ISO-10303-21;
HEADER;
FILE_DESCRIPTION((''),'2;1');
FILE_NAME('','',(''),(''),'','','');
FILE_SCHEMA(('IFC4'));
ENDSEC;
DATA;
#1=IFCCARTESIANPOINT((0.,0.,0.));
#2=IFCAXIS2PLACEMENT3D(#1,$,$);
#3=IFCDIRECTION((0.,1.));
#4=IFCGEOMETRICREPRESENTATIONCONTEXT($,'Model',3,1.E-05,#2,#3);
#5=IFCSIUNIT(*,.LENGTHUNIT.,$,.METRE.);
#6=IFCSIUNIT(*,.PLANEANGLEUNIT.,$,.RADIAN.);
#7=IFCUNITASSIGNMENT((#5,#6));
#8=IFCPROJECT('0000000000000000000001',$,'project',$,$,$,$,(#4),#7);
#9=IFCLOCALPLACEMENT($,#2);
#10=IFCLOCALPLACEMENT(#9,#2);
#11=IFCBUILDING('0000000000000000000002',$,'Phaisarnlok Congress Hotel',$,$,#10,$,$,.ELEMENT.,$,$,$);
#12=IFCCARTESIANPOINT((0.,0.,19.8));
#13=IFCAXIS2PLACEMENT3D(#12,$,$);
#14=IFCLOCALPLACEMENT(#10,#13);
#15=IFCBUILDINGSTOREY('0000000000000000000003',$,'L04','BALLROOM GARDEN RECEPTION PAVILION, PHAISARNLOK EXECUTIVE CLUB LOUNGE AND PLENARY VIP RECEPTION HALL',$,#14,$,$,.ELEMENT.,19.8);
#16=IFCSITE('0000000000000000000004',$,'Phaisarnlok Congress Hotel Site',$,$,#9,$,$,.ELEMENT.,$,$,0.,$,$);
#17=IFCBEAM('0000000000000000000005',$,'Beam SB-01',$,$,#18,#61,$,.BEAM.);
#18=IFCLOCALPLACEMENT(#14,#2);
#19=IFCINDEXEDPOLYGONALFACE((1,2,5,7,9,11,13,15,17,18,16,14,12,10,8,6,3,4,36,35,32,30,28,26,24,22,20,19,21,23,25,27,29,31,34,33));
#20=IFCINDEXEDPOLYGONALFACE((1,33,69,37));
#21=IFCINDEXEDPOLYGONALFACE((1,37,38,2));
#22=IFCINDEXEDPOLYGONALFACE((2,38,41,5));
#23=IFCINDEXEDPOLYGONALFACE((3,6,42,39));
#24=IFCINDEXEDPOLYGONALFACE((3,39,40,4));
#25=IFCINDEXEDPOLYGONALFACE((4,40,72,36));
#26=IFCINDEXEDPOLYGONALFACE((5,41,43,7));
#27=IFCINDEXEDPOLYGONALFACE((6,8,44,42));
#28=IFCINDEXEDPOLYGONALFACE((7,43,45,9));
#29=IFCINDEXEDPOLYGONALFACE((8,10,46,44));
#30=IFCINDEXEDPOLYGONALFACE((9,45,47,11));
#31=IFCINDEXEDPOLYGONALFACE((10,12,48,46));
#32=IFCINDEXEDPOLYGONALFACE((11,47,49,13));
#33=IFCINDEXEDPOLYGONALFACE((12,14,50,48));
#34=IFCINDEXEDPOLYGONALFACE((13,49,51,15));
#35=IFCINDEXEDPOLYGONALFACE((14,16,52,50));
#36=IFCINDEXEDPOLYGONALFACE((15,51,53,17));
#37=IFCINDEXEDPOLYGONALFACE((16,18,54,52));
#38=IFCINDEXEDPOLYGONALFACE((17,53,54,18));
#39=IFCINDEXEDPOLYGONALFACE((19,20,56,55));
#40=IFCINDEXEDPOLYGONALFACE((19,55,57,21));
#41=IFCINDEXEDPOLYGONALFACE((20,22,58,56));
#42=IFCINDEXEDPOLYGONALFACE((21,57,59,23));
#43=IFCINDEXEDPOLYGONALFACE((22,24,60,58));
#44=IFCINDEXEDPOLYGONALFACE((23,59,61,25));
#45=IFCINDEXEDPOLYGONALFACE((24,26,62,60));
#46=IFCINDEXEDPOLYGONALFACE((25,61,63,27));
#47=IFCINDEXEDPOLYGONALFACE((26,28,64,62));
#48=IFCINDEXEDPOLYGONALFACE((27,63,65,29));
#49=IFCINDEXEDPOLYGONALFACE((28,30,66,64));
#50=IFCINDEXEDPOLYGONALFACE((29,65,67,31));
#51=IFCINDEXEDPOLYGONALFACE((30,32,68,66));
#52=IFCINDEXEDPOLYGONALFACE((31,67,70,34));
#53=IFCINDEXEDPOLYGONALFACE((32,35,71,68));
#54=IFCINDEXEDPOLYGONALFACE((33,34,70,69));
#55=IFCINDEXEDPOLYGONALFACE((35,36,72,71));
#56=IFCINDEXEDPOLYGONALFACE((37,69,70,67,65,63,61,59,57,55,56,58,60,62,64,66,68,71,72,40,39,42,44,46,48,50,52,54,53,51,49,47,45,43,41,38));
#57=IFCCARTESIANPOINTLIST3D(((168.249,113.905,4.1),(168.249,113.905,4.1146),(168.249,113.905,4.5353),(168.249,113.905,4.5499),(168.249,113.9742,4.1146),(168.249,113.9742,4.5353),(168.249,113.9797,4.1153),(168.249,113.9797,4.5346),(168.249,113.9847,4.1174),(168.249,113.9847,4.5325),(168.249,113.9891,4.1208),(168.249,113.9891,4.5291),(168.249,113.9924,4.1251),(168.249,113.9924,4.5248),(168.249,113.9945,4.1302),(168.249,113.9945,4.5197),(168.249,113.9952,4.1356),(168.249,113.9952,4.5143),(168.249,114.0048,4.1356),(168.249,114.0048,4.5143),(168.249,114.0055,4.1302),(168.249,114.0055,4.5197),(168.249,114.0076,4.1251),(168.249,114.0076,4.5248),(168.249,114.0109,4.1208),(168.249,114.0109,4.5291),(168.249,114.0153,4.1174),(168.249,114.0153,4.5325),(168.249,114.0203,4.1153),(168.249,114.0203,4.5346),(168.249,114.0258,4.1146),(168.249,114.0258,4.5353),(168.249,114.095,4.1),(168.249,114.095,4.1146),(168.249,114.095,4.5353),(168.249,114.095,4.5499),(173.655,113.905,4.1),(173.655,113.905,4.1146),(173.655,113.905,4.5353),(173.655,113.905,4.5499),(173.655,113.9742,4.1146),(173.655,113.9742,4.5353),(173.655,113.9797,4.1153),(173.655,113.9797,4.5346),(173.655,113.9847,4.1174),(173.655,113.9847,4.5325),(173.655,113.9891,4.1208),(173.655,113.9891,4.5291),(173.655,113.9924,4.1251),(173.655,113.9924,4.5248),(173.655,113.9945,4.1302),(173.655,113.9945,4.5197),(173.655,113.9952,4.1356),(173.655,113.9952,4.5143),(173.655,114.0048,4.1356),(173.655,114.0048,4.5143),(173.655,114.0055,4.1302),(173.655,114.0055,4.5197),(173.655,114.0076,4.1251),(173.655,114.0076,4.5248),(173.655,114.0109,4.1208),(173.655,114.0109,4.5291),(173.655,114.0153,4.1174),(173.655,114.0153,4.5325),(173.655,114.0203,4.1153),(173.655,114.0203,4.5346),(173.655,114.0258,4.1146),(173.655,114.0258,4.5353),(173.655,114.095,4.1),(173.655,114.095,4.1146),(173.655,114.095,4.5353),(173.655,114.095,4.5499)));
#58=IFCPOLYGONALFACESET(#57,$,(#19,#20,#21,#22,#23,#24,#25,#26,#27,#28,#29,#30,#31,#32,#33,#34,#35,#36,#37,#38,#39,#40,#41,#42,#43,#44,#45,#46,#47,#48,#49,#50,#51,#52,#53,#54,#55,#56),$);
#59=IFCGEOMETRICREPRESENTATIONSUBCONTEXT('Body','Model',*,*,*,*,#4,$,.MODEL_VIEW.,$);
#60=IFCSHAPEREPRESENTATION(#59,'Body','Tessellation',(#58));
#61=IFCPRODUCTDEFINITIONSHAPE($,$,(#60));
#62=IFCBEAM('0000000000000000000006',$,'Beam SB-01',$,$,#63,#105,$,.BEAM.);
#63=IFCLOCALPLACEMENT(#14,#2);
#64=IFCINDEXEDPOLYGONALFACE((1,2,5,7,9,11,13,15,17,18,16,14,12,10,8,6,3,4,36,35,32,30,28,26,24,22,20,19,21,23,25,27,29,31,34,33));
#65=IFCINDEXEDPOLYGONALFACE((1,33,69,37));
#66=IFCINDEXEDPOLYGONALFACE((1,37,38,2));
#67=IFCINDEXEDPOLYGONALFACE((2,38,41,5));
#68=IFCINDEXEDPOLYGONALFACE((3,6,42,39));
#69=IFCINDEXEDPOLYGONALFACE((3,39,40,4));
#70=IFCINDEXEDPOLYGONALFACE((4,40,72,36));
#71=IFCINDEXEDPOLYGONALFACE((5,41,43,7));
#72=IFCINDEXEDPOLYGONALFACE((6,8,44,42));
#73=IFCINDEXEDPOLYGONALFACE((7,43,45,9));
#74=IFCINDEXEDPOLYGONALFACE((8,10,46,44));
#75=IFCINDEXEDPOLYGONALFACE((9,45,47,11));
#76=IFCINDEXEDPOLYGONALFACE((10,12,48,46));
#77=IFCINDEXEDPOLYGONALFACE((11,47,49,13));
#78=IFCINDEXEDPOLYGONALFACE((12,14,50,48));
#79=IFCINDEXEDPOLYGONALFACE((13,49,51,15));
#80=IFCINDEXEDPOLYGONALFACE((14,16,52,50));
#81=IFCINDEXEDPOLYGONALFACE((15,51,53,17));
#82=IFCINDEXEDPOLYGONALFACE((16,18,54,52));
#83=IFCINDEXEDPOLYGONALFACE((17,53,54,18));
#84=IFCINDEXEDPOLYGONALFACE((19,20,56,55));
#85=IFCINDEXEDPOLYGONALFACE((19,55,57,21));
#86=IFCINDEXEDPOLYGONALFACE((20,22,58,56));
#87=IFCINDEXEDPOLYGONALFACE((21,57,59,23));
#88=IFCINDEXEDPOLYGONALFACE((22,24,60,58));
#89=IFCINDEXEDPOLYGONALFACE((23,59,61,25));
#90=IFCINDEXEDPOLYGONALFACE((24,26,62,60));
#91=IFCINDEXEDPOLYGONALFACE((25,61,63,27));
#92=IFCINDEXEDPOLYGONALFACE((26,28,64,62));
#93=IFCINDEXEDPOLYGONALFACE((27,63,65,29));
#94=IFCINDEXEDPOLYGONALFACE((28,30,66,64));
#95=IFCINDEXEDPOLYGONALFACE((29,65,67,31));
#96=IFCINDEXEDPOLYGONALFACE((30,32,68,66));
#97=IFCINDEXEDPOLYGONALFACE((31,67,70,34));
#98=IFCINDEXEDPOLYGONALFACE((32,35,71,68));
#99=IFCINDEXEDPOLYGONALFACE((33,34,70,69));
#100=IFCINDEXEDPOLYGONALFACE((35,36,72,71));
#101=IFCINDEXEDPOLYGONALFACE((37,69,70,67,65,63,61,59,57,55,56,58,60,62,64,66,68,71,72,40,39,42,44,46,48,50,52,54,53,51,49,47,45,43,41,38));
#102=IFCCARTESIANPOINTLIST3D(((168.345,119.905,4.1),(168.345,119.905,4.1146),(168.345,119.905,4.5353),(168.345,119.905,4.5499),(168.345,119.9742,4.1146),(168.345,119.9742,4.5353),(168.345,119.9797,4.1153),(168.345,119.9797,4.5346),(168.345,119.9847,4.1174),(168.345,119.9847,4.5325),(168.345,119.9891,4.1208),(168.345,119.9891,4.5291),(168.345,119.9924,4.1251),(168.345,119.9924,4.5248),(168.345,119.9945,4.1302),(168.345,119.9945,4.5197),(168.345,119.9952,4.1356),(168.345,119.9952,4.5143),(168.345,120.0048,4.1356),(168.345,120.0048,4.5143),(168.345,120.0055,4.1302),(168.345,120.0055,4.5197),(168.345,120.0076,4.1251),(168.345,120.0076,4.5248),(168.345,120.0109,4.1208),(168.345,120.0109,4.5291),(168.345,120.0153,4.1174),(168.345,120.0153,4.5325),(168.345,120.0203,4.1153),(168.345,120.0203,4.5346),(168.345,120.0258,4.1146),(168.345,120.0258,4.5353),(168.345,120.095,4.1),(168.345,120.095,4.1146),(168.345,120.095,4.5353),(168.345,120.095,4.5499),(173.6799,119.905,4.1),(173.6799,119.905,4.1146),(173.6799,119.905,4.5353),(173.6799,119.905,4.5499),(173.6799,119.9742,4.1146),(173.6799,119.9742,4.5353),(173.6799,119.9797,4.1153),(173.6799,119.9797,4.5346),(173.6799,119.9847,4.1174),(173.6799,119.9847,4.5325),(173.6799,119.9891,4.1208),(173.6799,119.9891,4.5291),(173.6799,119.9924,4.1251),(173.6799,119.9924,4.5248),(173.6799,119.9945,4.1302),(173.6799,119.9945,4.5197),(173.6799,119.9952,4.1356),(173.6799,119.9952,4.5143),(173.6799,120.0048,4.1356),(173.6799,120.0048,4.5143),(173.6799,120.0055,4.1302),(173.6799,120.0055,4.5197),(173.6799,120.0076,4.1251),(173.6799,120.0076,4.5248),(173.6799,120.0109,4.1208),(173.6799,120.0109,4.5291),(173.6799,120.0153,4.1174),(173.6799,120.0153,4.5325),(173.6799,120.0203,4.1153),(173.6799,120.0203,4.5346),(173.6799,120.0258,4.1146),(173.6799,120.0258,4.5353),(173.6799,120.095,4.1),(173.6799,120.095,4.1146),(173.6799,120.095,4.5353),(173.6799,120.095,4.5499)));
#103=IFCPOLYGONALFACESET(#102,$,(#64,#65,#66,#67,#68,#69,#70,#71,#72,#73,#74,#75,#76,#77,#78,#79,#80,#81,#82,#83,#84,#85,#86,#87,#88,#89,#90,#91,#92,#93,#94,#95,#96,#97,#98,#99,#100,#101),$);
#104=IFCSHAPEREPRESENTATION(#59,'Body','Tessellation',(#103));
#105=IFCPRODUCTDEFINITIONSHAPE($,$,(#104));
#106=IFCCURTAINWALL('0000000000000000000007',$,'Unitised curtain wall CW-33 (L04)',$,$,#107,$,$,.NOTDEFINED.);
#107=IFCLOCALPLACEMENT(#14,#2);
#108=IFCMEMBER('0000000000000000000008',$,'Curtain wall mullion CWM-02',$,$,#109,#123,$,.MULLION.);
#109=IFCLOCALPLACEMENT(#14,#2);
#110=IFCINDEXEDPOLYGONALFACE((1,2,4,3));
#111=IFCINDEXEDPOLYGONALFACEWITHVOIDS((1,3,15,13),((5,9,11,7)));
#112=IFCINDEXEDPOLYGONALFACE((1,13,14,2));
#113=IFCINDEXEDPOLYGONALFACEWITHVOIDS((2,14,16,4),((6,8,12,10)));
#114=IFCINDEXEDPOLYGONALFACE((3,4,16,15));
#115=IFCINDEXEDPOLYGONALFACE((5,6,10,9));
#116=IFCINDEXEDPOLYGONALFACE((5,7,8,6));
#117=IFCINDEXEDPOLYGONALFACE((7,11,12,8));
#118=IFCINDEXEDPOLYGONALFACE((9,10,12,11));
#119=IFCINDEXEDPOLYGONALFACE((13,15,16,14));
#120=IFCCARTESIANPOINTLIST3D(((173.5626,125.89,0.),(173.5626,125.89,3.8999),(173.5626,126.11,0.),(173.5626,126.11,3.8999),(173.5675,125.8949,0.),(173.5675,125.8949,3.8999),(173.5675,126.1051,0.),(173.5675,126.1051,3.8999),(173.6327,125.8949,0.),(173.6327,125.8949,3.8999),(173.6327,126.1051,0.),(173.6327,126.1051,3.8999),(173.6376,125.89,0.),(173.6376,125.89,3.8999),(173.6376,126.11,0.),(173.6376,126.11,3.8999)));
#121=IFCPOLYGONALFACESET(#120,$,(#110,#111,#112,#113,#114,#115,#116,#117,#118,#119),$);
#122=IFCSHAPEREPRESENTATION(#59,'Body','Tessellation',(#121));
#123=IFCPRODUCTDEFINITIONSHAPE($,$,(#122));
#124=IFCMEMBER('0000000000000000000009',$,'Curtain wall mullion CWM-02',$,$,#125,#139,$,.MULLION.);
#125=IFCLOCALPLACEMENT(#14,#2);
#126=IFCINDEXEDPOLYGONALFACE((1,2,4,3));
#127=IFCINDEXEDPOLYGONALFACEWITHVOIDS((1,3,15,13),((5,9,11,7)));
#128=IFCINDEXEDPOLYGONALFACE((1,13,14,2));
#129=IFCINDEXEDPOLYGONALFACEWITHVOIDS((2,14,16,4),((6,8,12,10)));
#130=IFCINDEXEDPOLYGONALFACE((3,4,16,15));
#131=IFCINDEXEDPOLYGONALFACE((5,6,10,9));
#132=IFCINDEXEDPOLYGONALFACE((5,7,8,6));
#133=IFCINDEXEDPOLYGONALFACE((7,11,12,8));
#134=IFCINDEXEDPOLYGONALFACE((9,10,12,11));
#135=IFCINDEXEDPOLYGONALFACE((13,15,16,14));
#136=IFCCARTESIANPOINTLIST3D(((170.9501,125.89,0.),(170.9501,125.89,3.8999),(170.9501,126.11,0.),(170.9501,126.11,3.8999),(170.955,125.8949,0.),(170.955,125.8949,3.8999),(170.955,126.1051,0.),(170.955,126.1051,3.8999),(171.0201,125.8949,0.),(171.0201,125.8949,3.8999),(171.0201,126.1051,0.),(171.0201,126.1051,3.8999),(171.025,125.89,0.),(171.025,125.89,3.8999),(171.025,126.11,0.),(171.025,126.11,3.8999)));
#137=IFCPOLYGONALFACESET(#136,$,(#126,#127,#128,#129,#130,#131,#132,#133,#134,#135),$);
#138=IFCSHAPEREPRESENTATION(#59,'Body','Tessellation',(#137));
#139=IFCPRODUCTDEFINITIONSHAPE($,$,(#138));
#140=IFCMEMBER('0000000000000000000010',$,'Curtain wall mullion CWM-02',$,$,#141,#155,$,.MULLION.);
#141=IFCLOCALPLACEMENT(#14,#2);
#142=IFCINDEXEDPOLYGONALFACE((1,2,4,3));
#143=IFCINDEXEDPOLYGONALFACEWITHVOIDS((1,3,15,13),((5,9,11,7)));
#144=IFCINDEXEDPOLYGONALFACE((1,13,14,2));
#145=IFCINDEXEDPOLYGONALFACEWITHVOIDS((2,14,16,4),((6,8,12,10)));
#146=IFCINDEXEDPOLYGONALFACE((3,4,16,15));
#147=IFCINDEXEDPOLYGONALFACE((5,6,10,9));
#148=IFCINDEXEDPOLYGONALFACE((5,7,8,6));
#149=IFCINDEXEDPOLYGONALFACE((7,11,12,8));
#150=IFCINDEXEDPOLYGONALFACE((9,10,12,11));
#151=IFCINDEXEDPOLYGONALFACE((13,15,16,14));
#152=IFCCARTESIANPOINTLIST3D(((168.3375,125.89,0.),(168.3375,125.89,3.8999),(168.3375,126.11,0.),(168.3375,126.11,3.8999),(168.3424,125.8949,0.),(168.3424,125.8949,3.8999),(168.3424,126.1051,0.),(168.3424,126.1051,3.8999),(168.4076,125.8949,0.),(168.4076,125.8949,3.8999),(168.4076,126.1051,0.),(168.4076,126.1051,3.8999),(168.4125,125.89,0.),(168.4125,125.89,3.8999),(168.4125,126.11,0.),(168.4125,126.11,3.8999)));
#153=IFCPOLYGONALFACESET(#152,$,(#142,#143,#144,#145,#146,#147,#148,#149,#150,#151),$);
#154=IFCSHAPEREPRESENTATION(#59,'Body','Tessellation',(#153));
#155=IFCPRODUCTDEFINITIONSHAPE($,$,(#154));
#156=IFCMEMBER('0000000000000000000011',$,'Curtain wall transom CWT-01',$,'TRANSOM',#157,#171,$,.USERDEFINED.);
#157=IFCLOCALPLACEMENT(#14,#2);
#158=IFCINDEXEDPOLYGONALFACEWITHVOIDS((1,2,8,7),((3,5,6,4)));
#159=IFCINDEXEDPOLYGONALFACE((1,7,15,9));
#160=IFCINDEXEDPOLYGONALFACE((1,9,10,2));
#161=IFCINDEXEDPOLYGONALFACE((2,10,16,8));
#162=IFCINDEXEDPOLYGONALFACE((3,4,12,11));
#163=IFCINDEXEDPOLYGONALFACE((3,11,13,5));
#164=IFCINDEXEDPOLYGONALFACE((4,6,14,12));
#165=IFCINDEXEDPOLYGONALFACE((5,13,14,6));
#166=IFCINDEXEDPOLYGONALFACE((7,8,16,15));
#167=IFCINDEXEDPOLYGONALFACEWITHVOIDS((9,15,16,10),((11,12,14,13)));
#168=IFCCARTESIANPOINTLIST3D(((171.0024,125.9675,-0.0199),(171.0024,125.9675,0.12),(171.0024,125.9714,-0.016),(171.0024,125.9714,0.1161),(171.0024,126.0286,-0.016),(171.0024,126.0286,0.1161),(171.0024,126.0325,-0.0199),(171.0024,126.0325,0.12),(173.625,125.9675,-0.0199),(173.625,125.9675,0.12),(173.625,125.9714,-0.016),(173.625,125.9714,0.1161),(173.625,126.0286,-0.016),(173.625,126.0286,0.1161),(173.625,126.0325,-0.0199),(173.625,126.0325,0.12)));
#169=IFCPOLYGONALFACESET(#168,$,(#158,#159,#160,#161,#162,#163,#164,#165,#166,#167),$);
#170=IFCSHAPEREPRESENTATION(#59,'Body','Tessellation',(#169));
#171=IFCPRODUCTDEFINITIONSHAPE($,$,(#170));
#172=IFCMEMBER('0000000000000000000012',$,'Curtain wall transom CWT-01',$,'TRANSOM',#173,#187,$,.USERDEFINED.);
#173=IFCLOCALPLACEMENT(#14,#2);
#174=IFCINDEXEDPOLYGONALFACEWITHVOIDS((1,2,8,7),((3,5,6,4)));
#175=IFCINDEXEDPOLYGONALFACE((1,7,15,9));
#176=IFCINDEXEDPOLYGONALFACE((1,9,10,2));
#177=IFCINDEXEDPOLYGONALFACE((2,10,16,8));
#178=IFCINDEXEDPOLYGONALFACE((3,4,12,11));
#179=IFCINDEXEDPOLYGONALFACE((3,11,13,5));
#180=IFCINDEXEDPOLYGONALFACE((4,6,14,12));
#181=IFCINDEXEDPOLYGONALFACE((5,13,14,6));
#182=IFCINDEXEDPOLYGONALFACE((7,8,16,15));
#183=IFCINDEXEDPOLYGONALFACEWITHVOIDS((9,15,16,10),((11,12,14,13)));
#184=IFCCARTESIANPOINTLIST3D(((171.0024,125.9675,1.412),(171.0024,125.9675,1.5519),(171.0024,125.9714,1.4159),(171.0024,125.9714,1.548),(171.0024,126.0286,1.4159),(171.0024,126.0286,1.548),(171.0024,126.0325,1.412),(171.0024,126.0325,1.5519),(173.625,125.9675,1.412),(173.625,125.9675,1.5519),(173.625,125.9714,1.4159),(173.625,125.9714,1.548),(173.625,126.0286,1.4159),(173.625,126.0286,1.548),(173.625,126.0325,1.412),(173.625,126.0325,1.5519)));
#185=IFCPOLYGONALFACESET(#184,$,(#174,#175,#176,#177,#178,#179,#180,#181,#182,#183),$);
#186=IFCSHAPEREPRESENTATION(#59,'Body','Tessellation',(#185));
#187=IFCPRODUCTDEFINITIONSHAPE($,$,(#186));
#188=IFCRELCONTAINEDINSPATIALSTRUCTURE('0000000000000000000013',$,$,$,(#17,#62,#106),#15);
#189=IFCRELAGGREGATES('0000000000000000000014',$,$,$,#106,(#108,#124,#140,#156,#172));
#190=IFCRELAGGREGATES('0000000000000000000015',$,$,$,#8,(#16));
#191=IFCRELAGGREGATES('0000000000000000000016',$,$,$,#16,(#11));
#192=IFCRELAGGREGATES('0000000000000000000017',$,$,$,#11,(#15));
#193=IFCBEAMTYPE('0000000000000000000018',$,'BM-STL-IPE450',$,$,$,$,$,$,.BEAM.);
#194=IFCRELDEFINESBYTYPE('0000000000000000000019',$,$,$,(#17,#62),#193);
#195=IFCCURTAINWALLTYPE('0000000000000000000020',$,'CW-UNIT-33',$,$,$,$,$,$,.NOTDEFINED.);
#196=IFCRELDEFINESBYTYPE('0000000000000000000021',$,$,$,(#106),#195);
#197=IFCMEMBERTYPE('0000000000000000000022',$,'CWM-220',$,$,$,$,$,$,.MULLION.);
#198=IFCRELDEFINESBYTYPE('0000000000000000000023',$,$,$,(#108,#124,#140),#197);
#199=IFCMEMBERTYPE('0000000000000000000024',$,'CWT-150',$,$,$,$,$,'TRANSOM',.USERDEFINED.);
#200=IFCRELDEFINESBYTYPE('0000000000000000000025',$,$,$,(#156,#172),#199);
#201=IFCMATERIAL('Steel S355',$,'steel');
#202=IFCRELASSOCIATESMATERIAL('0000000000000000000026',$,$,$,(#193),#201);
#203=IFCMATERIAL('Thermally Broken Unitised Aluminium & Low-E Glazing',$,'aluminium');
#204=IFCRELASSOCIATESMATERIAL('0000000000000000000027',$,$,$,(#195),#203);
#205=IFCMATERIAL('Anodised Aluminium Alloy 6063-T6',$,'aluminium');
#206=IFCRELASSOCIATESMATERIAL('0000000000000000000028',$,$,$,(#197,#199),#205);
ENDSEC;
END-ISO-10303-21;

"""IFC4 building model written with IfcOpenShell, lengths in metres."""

from ifc_helpers import new_model, si_unit, direction, frame, origin, origin_2d, place, context, subcontext, project, spatial, hollow_rectangle, i_section, extrude, material, material_profile, profile_set, type_object, element, aggregate, save


model = new_model("IFC4")

# Units and contexts
model_context = context("Model", 3, precision=1e-05, world=origin(), true_north=direction((0.0, 1.0)))
body_context = subcontext(model_context, "Body", "Model", "MODEL_VIEW")
ifc_project = project(units=[si_unit("LENGTHUNIT", "METRE"), si_unit("PLANEANGLEUNIT", "RADIAN")], contexts=[model_context])

# Site, building, storey
site_placement = place(None, origin())
site = spatial("IfcSite", under=ifc_project, at=site_placement, Name="Phaisarnlok Congress Hotel Site", CompositionType="ELEMENT", RefElevation=0.0)
building_placement = place(site_placement, origin())
building = spatial("IfcBuilding", under=site, at=building_placement, Name="Phaisarnlok Congress Hotel", CompositionType="ELEMENT")
storey_placement = place(building_placement, frame((0.0, 0.0, 19.8)))
storey = spatial("IfcBuildingStorey", under=building, at=storey_placement, Name="L04", Description="BALLROOM GARDEN RECEPTION PAVILION, PHAISARNLOK EXECUTIVE CLUB LOUNGE AND PLENARY VIP RECEPTION HALL", CompositionType="ELEMENT", Elevation=19.8)

# Beams
ifc_material_1 = material(Name="Steel S355", Category="steel")
ifc_material_profile_1 = material_profile(ifc_material_1, i_section(OverallWidth=0.1899, OverallDepth=0.45, WebThickness=0.0095, FlangeThickness=0.0146, FilletRadius=0.021, at=origin_2d()), Name="IPE 450")
ifc_profile_set_1 = profile_set([ifc_material_profile_1], Name="Steel S355")
beam_type_1 = type_object("IfcBeamType", Name="BM-STL-IPE450", PredefinedType="BEAM", material=ifc_profile_set_1)
beam_1_placement = place(storey_placement, frame((168.249, 114.0, 4.325), z_axis=(1.0, 0.0, 0.0), x_axis=(0.0, 1.0, 0.0)))
element("IfcBeam", 1, at=beam_1_placement, inside=storey, type_object=beam_type_1, Name="Beam SB-01", PredefinedType="BEAM", context=body_context, shape_type="SweptSolid", body=[
    extrude(i_section(OverallWidth=0.1899, OverallDepth=0.45, WebThickness=0.0095, FlangeThickness=0.0146, FilletRadius=0.021, at=origin_2d()), origin(), (0.0, 0.0, 1.0), 5.406),
])
beam_2_placement = place(storey_placement, frame((168.345, 120.0, 4.325), z_axis=(1.0, 0.0, 0.0), x_axis=(0.0, 1.0, 0.0)))
element("IfcBeam", 2, at=beam_2_placement, inside=storey, type_object=beam_type_1, Name="Beam SB-01", PredefinedType="BEAM", context=body_context, shape_type="SweptSolid", body=[
    extrude(i_section(OverallWidth=0.1899, OverallDepth=0.45, WebThickness=0.0095, FlangeThickness=0.0146, FilletRadius=0.021, at=origin_2d()), origin(), (0.0, 0.0, 1.0), 5.335),
])

# Curtain wall, members
ifc_material_2 = material(Name="Thermally Broken Unitised Aluminium & Low-E Glazing", Category="aluminium")
curtain_wall_type = type_object("IfcCurtainWallType", Name="CW-UNIT-33", PredefinedType="NOTDEFINED", material=ifc_material_2)
curtain_wall_placement = place(storey_placement, origin())
curtain_wall = element("IfcCurtainWall", 3, at=curtain_wall_placement, inside=storey, type_object=curtain_wall_type, Name="Unitised curtain wall CW-33 (L04)", PredefinedType="NOTDEFINED")
ifc_material_3 = material(Name="Anodised Aluminium Alloy 6063-T6", Category="aluminium")
ifc_material_profile_2 = material_profile(ifc_material_3, hollow_rectangle(XDim=0.075, YDim=0.22, WallThickness=0.0049, at=origin_2d()), Name="ALU-M 75x220x5")
ifc_profile_set_2 = profile_set([ifc_material_profile_2], Name="Anodised Aluminium Alloy 6063-T6")
member_type_1 = type_object("IfcMemberType", Name="CWM-220", PredefinedType="MULLION", material=ifc_profile_set_2)
member_1_placement = place(storey_placement, frame((173.6001, 126.0, 0.0), z_axis=(0.0, 0.0, 1.0), x_axis=(-1.0, 0.0, 0.0)))
member_1 = element("IfcMember", 4, at=member_1_placement, type_object=member_type_1, Name="Curtain wall mullion CWM-02", PredefinedType="MULLION", context=body_context, shape_type="SweptSolid", body=[
    extrude(hollow_rectangle(XDim=0.075, YDim=0.22, WallThickness=0.0049, at=origin_2d()), origin(), (0.0, 0.0, 1.0), 3.8999),
])
member_2_placement = place(storey_placement, frame((170.9875, 126.0, 0.0), z_axis=(0.0, 0.0, 1.0), x_axis=(-1.0, 0.0, 0.0)))
member_2 = element("IfcMember", 5, at=member_2_placement, type_object=member_type_1, Name="Curtain wall mullion CWM-02", PredefinedType="MULLION", context=body_context, shape_type="SweptSolid", body=[
    extrude(hollow_rectangle(XDim=0.075, YDim=0.22, WallThickness=0.0049, at=origin_2d()), origin(), (0.0, 0.0, 1.0), 3.8999),
])
member_3_placement = place(storey_placement, frame((168.375, 126.0, 0.0), z_axis=(0.0, 0.0, 1.0), x_axis=(-1.0, 0.0, 0.0)))
member_3 = element("IfcMember", 6, at=member_3_placement, type_object=member_type_1, Name="Curtain wall mullion CWM-02", PredefinedType="MULLION", context=body_context, shape_type="SweptSolid", body=[
    extrude(hollow_rectangle(XDim=0.075, YDim=0.22, WallThickness=0.0049, at=origin_2d()), origin(), (0.0, 0.0, 1.0), 3.8999),
])
ifc_material_profile_3 = material_profile(ifc_material_3, hollow_rectangle(XDim=0.0649, YDim=0.1399, WallThickness=0.0039, at=origin_2d()), Name="ALU-T 65x140x4")
ifc_profile_set_3 = profile_set([ifc_material_profile_3], Name="Anodised Aluminium Alloy 6063-T6")
member_type_2 = type_object("IfcMemberType", Name="CWT-150", ElementType="TRANSOM", PredefinedType="USERDEFINED", material=ifc_profile_set_3)
member_4_placement = place(storey_placement, frame((173.625, 126.0, 0.05), z_axis=(-1.0, 0.0, 0.0), x_axis=(0.0, -1.0, 0.0)))
member_4 = element("IfcMember", 7, at=member_4_placement, type_object=member_type_2, Name="Curtain wall transom CWT-01", ObjectType="TRANSOM", PredefinedType="USERDEFINED", context=body_context, shape_type="SweptSolid", body=[
    extrude(hollow_rectangle(XDim=0.0649, YDim=0.1399, WallThickness=0.0039, at=origin_2d()), origin(), (0.0, 0.0, 1.0), 2.6226),
])
member_5_placement = place(storey_placement, frame((173.625, 126.0, 1.4819), z_axis=(-1.0, 0.0, 0.0), x_axis=(0.0, -1.0, 0.0)))
member_5 = element("IfcMember", 8, at=member_5_placement, type_object=member_type_2, Name="Curtain wall transom CWT-01", ObjectType="TRANSOM", PredefinedType="USERDEFINED", context=body_context, shape_type="SweptSolid", body=[
    extrude(hollow_rectangle(XDim=0.0649, YDim=0.1399, WallThickness=0.0039, at=origin_2d()), origin(), (0.0, 0.0, 1.0), 2.6226),
])

aggregate(curtain_wall, [member_1, member_2, member_3, member_4, member_5])

save(model, "model.ifc")
